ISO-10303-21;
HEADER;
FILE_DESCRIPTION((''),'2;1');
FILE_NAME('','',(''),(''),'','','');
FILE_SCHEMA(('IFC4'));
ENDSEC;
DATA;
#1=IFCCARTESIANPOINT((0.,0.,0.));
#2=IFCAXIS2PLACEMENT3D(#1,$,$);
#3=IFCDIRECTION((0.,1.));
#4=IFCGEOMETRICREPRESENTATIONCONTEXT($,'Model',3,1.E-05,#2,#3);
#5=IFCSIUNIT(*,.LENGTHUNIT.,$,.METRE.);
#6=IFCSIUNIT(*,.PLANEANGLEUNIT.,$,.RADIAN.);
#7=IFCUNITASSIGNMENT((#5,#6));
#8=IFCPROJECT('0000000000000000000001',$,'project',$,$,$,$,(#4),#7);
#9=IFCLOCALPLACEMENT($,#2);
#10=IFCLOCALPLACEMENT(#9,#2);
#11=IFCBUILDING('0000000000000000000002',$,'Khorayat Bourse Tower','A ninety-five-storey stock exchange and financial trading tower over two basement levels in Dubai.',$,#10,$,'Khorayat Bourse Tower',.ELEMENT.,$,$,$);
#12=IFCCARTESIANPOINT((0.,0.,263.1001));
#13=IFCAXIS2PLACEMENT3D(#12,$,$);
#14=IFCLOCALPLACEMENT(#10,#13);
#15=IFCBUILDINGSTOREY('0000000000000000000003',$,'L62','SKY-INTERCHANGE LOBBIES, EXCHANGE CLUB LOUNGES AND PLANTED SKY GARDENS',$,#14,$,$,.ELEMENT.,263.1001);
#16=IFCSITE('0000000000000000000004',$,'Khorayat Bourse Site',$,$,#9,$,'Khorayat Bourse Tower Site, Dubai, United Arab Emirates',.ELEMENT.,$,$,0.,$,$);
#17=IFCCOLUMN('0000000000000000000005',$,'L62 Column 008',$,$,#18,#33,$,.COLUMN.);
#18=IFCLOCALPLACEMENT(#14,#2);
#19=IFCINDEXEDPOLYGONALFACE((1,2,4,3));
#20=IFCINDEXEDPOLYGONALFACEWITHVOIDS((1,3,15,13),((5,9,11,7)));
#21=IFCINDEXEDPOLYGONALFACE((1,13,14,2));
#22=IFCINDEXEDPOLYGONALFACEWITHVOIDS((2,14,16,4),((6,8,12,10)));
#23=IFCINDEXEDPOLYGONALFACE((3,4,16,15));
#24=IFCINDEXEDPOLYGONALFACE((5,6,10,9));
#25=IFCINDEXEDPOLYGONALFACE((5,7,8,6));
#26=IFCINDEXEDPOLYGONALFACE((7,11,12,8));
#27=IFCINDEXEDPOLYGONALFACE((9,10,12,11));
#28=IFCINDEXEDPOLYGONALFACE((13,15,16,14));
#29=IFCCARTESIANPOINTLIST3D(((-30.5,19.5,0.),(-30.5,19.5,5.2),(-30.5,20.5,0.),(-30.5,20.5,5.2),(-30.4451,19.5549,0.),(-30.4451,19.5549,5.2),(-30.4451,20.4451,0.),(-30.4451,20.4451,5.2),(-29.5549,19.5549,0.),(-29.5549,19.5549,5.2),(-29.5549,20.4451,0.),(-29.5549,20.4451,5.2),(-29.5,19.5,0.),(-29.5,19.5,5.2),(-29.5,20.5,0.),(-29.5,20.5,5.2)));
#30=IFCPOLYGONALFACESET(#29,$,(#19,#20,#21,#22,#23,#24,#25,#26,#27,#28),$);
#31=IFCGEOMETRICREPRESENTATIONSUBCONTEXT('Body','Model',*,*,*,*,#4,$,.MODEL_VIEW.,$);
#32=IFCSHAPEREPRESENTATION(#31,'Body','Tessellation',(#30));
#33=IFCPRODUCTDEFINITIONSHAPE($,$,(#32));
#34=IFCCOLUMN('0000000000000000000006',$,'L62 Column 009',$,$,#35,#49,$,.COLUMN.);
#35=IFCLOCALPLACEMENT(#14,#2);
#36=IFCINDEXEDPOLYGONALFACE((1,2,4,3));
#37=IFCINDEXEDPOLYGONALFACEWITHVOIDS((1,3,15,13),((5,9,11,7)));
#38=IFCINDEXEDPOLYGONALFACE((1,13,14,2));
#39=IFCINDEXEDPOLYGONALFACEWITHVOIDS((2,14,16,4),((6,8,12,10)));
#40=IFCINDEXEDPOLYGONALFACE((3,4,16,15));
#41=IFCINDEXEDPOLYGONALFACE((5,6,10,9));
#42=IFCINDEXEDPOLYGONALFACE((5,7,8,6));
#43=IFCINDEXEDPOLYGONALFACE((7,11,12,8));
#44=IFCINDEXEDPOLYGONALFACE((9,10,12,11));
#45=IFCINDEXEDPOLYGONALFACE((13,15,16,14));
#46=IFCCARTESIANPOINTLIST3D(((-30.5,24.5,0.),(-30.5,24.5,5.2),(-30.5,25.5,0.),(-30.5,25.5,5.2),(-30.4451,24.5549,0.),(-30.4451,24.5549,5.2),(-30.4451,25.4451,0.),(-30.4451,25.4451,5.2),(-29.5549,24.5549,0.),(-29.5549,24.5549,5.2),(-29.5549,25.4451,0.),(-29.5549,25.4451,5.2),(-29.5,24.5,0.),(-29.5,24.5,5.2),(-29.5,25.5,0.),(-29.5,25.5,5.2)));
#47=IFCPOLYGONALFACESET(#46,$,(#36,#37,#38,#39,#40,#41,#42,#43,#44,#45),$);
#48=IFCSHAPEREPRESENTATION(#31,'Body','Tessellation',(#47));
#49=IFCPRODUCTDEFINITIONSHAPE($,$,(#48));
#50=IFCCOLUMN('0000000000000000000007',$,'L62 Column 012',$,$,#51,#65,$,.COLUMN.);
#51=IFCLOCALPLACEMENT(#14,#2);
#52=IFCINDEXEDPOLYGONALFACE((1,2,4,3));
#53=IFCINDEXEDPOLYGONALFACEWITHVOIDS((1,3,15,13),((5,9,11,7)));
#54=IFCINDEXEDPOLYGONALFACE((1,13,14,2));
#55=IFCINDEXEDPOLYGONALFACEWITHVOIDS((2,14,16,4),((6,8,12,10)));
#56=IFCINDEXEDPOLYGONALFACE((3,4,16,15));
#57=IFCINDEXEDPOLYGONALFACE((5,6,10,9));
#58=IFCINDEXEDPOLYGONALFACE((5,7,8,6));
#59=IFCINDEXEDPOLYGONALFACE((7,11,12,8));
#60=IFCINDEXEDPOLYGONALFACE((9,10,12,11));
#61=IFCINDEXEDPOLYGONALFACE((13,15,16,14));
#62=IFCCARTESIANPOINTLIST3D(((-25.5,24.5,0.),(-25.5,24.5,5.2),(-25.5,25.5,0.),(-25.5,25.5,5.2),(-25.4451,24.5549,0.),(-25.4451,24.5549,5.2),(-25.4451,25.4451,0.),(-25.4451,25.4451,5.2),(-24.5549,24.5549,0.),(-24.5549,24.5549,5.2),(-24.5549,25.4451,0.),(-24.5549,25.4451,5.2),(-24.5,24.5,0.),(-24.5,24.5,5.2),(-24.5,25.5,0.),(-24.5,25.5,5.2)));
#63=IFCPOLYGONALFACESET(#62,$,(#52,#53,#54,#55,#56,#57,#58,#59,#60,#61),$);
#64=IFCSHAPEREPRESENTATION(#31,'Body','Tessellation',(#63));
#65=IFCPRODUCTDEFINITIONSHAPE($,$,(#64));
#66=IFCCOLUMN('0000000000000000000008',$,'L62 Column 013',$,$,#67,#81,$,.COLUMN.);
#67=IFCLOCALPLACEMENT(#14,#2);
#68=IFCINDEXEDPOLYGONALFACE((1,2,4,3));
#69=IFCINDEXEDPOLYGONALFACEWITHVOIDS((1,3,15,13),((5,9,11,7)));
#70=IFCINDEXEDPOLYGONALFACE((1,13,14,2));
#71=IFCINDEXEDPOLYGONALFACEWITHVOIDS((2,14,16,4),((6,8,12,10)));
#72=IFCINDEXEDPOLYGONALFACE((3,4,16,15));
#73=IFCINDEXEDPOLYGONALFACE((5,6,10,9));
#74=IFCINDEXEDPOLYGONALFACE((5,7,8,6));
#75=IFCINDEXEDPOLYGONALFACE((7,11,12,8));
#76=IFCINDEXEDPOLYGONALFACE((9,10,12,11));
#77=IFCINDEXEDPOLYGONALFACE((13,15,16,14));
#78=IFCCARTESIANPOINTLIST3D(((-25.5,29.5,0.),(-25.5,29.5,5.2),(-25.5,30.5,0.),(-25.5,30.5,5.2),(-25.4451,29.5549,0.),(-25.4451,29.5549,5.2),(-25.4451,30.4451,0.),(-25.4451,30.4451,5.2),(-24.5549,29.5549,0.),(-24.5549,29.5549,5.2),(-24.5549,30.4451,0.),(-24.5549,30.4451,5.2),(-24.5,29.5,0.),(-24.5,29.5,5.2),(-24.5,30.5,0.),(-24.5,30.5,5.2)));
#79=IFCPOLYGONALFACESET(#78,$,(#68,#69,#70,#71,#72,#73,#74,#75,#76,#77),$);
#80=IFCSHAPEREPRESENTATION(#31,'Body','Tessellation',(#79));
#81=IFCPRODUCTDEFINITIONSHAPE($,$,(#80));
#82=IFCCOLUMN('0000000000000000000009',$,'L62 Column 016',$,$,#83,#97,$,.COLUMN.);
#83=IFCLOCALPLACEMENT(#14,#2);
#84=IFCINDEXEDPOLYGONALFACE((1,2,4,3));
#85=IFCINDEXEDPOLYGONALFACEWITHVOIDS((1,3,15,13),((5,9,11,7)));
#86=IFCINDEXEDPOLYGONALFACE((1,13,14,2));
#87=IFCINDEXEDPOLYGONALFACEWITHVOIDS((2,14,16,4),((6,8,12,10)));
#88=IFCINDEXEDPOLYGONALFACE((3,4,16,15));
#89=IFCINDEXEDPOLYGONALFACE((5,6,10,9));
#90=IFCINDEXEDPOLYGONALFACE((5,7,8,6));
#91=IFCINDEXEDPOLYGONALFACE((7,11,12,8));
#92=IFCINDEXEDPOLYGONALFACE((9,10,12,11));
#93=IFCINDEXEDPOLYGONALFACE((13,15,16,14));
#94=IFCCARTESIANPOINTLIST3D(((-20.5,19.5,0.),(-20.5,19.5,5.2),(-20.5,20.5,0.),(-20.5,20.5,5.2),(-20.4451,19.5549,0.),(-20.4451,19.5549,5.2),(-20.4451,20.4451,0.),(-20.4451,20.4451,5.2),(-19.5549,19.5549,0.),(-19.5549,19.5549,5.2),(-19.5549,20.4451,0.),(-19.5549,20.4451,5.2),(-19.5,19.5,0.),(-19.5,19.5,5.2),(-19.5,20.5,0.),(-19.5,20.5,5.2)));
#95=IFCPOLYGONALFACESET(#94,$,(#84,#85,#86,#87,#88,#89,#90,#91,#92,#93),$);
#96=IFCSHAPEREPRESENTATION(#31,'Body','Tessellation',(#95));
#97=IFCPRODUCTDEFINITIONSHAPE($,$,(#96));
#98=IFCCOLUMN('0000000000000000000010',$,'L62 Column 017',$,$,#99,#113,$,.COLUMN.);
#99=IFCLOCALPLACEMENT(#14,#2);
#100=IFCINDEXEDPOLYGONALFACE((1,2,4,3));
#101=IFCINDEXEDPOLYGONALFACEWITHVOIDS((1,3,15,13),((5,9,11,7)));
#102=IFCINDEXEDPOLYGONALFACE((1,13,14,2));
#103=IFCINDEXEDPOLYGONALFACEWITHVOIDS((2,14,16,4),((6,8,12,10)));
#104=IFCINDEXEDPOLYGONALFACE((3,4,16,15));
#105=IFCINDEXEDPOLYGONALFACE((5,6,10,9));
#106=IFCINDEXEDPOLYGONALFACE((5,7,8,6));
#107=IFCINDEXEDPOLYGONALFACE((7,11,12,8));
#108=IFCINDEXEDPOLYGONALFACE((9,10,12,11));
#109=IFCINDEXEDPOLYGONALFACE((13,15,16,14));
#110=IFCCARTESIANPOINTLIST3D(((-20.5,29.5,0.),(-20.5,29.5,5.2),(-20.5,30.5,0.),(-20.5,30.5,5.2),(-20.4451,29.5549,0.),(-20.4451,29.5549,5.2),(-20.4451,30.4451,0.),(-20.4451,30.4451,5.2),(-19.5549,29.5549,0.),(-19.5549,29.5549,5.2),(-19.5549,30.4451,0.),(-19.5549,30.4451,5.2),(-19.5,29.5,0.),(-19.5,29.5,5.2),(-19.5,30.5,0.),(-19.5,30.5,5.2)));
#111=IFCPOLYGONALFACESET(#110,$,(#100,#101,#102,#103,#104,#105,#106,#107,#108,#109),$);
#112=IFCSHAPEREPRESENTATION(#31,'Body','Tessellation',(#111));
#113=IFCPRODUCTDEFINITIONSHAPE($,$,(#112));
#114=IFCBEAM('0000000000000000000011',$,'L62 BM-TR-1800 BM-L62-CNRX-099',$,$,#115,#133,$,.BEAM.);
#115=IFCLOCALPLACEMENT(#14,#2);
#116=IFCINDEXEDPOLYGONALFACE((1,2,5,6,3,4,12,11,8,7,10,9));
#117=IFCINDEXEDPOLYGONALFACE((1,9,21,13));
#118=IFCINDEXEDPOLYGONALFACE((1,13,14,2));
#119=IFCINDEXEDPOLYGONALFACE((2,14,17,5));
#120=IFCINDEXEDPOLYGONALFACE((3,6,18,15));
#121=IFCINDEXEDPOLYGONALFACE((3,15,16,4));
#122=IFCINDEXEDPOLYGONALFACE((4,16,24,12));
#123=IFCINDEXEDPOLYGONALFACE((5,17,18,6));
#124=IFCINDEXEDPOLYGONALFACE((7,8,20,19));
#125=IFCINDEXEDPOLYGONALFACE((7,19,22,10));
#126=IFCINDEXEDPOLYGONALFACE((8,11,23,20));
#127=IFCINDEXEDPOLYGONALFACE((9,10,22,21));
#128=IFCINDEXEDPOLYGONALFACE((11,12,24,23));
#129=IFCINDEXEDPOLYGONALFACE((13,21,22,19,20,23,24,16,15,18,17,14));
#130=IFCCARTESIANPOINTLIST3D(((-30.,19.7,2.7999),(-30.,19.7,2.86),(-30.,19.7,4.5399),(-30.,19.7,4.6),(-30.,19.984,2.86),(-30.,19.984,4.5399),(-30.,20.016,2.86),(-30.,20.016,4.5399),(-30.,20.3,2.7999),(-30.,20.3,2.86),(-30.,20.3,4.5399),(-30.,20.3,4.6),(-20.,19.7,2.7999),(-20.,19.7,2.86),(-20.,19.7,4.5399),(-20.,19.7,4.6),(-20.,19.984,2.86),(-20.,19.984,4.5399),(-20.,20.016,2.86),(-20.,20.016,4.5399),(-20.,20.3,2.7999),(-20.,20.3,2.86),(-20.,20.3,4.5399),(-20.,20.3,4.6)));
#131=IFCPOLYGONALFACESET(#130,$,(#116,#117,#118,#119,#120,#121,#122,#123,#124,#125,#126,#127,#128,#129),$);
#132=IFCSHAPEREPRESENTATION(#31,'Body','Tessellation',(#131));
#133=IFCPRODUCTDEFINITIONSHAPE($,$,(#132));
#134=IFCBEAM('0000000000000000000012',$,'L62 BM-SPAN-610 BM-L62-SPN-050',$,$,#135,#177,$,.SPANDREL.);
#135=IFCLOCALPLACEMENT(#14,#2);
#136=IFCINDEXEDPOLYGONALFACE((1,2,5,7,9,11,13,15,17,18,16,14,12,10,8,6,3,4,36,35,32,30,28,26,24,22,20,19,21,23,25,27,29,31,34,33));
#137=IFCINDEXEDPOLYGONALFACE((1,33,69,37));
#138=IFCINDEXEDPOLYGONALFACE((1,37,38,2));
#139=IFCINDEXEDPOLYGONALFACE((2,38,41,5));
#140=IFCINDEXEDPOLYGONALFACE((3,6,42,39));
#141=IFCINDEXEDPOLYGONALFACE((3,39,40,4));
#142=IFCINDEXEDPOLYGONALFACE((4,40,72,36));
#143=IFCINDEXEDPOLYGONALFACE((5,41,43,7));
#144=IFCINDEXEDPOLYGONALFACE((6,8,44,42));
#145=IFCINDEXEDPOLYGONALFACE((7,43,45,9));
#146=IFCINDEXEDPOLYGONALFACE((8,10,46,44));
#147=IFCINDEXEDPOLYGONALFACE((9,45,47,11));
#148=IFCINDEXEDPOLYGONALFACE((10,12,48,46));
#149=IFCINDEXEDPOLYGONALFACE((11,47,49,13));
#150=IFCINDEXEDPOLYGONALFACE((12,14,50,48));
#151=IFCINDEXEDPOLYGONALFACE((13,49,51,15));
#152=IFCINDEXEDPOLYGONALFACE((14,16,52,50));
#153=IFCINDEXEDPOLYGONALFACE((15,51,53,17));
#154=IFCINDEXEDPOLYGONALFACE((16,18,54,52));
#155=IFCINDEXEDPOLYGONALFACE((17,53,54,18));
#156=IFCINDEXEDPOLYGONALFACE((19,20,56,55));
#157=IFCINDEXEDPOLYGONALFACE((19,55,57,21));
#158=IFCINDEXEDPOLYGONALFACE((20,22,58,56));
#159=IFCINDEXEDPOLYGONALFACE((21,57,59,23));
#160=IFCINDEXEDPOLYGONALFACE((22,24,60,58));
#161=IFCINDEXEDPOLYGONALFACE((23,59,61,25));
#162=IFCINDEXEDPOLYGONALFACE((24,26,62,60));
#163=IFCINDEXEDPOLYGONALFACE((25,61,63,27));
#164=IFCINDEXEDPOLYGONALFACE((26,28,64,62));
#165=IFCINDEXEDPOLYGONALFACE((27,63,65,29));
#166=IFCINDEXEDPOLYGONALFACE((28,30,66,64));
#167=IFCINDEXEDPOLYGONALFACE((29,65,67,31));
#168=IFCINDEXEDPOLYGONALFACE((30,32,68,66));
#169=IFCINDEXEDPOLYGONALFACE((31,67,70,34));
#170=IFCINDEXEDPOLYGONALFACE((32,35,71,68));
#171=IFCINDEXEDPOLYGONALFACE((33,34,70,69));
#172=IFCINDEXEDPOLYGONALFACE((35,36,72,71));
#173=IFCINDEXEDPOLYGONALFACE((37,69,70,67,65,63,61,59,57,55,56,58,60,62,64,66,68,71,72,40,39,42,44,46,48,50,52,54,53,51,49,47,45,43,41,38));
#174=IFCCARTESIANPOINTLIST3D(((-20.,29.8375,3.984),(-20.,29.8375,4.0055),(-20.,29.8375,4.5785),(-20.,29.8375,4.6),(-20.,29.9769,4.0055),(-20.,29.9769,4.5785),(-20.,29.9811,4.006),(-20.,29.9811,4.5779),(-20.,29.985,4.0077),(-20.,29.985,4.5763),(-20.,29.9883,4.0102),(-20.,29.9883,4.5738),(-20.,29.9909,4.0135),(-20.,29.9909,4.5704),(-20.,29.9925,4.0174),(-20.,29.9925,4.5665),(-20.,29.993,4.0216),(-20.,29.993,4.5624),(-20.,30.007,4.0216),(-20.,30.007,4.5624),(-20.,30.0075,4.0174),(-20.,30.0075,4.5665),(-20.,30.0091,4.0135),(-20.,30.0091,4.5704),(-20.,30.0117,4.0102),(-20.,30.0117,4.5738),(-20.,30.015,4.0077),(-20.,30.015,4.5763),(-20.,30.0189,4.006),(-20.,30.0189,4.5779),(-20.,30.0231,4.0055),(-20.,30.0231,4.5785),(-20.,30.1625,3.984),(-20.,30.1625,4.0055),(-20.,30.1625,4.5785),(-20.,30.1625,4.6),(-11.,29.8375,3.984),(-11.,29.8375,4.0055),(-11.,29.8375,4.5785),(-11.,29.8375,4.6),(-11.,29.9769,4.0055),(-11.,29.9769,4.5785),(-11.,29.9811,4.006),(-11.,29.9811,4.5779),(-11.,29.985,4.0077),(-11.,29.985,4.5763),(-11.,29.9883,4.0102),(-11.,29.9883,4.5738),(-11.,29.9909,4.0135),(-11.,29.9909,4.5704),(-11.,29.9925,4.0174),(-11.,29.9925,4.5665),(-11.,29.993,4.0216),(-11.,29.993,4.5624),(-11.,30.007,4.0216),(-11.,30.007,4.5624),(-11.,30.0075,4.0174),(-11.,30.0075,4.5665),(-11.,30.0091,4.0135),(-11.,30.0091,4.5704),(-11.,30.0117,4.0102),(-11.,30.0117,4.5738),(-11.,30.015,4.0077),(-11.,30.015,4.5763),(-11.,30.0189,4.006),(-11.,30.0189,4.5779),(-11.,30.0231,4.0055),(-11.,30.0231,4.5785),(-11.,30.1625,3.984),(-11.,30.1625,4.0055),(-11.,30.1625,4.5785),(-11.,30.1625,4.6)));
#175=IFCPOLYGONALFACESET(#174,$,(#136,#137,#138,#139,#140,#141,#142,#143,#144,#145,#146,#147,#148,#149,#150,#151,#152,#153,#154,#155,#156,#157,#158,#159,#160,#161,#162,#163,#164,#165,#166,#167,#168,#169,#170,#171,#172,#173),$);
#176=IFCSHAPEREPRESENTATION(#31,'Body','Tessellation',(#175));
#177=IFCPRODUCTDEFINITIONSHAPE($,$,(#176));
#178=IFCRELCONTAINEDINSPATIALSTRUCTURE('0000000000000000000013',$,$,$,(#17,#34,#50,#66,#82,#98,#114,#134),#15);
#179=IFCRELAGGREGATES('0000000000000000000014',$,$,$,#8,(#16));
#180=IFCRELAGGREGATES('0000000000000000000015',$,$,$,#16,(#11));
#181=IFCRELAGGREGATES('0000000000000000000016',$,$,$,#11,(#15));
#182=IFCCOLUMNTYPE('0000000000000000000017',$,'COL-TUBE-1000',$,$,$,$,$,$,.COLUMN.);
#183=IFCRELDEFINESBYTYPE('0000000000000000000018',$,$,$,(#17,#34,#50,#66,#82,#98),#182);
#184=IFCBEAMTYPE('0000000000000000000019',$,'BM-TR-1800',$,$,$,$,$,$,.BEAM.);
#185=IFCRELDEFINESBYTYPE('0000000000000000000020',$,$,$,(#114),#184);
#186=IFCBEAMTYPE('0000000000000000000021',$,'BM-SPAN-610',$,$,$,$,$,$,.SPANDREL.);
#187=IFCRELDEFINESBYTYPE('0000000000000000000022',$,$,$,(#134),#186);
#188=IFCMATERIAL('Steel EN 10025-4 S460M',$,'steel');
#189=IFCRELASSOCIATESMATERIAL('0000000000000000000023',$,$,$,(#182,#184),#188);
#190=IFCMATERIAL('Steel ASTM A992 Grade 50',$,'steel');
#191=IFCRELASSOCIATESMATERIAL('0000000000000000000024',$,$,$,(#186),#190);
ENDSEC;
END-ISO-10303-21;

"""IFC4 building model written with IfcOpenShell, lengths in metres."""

from ifc_helpers import new_model, si_unit, direction, frame, origin, origin_2d, place, context, subcontext, project, spatial, hollow_rectangle, i_section, extrude, source, transform, mapped, material, material_profile, profile_set, type_object, element, save


model = new_model("IFC4")

# Units and contexts
model_context = context("Model", 3, precision=1e-05, world=origin(), true_north=direction((0.0, 1.0)))
body_context = subcontext(model_context, "Body", "Model", "MODEL_VIEW")
ifc_project = project(units=[si_unit("LENGTHUNIT", "METRE"), si_unit("PLANEANGLEUNIT", "RADIAN")], contexts=[model_context])

# Site, building, storey
site_placement = place(None, origin())
site = spatial("IfcSite", under=ifc_project, at=site_placement, Name="Khorayat Bourse Site", LongName="Khorayat Bourse Tower Site, Dubai, United Arab Emirates", CompositionType="ELEMENT", RefElevation=0.0)
building_placement = place(site_placement, origin())
building = spatial("IfcBuilding", under=site, at=building_placement, Name="Khorayat Bourse Tower", Description="A ninety-five-storey stock exchange and financial trading tower over two basement levels in Dubai.", LongName="Khorayat Bourse Tower", CompositionType="ELEMENT")
storey_placement = place(building_placement, frame((0.0, 0.0, 263.1001)))
storey = spatial("IfcBuildingStorey", under=building, at=storey_placement, Name="L62", Description="SKY-INTERCHANGE LOBBIES, EXCHANGE CLUB LOUNGES AND PLANTED SKY GARDENS", CompositionType="ELEMENT", Elevation=263.1001)

# Columns
ifc_material_1 = material(Name="Steel EN 10025-4 S460M", Category="steel")
ifc_material_profile_1 = material_profile(ifc_material_1, hollow_rectangle(XDim=1.0, YDim=1.0, WallThickness=0.0549, at=origin_2d()), Name="BOX 1000x1000x55")
ifc_profile_set_1 = profile_set([ifc_material_profile_1], Name="Steel EN 10025-4 S460M")
column_type = type_object("IfcColumnType", Name="COL-TUBE-1000", PredefinedType="COLUMN", material=ifc_profile_set_1)
shared_shape_1 = source(origin(), body_context, "Body", "SweptSolid", [
    extrude(hollow_rectangle(XDim=1.0, YDim=1.0, WallThickness=0.0549, at=origin_2d()), origin(), (0.0, 0.0, 1.0), 5.2),
])
for number, where, z_axis, x_axis, name in (
    (1, (-30.0, 20.0, 0.0), (0.0, 0.0, 1.0), (1.0, 0.0, 0.0), "L62 Column 008"),
    (2, (-30.0, 25.0, 0.0), (0.0, 0.0, 1.0), (1.0, 0.0, 0.0), "L62 Column 009"),
    (3, (-25.0, 25.0, 0.0), (0.0, 0.0, 1.0), (1.0, 0.0, 0.0), "L62 Column 012"),
    (4, (-25.0, 30.0, 0.0), (0.0, 0.0, 1.0), (1.0, 0.0, 0.0), "L62 Column 013"),
    (5, (-20.0, 20.0, 0.0), (0.0, 0.0, 1.0), (1.0, 0.0, 0.0), "L62 Column 016"),
    (6, (-20.0, 30.0, 0.0), (0.0, 0.0, 1.0), (1.0, 0.0, 0.0), "L62 Column 017"),
):
    element("IfcColumn", number, at=place(storey_placement, frame(where, z_axis=z_axis, x_axis=x_axis)), inside=storey, type_object=column_type, Name=name, PredefinedType="COLUMN", context=body_context, shape_type="MappedRepresentation", body=[
        mapped(shared_shape_1, transform((0.0, 0.0, 0.0), scale=1.0)),
    ])

# Beams
ifc_material_profile_2 = material_profile(ifc_material_1, i_section(OverallWidth=0.6001, OverallDepth=1.8, WebThickness=0.032, FlangeThickness=0.0601, at=origin_2d()), Name="PG 1800x600x32x60")
ifc_profile_set_2 = profile_set([ifc_material_profile_2], Name="Steel EN 10025-4 S460M")
beam_type_1 = type_object("IfcBeamType", Name="BM-TR-1800", PredefinedType="BEAM", material=ifc_profile_set_2)
shared_shape_2 = source(origin(), body_context, "Body", "SweptSolid", [
    extrude(i_section(OverallWidth=0.6001, OverallDepth=1.8, WebThickness=0.032, FlangeThickness=0.0601, at=origin_2d()), origin(), (0.0, 0.0, 1.0), 10.0),
])
beam_1_placement = place(storey_placement, frame((-30.0, 20.0, 3.7), z_axis=(1.0, 0.0, 0.0), x_axis=(0.0, 1.0, 0.0)))
element("IfcBeam", 7, at=beam_1_placement, inside=storey, type_object=beam_type_1, Name="L62 BM-TR-1800 BM-L62-CNRX-099", PredefinedType="BEAM", context=body_context, shape_type="MappedRepresentation", body=[
    mapped(shared_shape_2, transform((0.0, 0.0, 0.0), scale=1.0)),
])
ifc_material_2 = material(Name="Steel ASTM A992 Grade 50", Category="steel")
ifc_material_profile_3 = material_profile(ifc_material_2, i_section(OverallWidth=0.325, OverallDepth=0.616, WebThickness=0.0139, FlangeThickness=0.0215, FilletRadius=0.0161, at=origin_2d()), Name="W610X174")
ifc_profile_set_3 = profile_set([ifc_material_profile_3], Name="Steel ASTM A992 Grade 50")
beam_type_2 = type_object("IfcBeamType", Name="BM-SPAN-610", PredefinedType="SPANDREL", material=ifc_profile_set_3)
shared_shape_3 = source(origin(), body_context, "Body", "SweptSolid", [
    extrude(i_section(OverallWidth=0.325, OverallDepth=0.616, WebThickness=0.0139, FlangeThickness=0.0215, FilletRadius=0.0161, at=origin_2d()), origin(), (0.0, 0.0, 1.0), 9.0),
])
beam_2_placement = place(storey_placement, frame((-20.0, 30.0, 4.292), z_axis=(1.0, 0.0, 0.0), x_axis=(0.0, 1.0, 0.0)))
element("IfcBeam", 8, at=beam_2_placement, inside=storey, type_object=beam_type_2, Name="L62 BM-SPAN-610 BM-L62-SPN-050", PredefinedType="SPANDREL", context=body_context, shape_type="MappedRepresentation", body=[
    mapped(shared_shape_3, transform((0.0, 0.0, 0.0), scale=1.0)),
])

save(model, "model.ifc")
